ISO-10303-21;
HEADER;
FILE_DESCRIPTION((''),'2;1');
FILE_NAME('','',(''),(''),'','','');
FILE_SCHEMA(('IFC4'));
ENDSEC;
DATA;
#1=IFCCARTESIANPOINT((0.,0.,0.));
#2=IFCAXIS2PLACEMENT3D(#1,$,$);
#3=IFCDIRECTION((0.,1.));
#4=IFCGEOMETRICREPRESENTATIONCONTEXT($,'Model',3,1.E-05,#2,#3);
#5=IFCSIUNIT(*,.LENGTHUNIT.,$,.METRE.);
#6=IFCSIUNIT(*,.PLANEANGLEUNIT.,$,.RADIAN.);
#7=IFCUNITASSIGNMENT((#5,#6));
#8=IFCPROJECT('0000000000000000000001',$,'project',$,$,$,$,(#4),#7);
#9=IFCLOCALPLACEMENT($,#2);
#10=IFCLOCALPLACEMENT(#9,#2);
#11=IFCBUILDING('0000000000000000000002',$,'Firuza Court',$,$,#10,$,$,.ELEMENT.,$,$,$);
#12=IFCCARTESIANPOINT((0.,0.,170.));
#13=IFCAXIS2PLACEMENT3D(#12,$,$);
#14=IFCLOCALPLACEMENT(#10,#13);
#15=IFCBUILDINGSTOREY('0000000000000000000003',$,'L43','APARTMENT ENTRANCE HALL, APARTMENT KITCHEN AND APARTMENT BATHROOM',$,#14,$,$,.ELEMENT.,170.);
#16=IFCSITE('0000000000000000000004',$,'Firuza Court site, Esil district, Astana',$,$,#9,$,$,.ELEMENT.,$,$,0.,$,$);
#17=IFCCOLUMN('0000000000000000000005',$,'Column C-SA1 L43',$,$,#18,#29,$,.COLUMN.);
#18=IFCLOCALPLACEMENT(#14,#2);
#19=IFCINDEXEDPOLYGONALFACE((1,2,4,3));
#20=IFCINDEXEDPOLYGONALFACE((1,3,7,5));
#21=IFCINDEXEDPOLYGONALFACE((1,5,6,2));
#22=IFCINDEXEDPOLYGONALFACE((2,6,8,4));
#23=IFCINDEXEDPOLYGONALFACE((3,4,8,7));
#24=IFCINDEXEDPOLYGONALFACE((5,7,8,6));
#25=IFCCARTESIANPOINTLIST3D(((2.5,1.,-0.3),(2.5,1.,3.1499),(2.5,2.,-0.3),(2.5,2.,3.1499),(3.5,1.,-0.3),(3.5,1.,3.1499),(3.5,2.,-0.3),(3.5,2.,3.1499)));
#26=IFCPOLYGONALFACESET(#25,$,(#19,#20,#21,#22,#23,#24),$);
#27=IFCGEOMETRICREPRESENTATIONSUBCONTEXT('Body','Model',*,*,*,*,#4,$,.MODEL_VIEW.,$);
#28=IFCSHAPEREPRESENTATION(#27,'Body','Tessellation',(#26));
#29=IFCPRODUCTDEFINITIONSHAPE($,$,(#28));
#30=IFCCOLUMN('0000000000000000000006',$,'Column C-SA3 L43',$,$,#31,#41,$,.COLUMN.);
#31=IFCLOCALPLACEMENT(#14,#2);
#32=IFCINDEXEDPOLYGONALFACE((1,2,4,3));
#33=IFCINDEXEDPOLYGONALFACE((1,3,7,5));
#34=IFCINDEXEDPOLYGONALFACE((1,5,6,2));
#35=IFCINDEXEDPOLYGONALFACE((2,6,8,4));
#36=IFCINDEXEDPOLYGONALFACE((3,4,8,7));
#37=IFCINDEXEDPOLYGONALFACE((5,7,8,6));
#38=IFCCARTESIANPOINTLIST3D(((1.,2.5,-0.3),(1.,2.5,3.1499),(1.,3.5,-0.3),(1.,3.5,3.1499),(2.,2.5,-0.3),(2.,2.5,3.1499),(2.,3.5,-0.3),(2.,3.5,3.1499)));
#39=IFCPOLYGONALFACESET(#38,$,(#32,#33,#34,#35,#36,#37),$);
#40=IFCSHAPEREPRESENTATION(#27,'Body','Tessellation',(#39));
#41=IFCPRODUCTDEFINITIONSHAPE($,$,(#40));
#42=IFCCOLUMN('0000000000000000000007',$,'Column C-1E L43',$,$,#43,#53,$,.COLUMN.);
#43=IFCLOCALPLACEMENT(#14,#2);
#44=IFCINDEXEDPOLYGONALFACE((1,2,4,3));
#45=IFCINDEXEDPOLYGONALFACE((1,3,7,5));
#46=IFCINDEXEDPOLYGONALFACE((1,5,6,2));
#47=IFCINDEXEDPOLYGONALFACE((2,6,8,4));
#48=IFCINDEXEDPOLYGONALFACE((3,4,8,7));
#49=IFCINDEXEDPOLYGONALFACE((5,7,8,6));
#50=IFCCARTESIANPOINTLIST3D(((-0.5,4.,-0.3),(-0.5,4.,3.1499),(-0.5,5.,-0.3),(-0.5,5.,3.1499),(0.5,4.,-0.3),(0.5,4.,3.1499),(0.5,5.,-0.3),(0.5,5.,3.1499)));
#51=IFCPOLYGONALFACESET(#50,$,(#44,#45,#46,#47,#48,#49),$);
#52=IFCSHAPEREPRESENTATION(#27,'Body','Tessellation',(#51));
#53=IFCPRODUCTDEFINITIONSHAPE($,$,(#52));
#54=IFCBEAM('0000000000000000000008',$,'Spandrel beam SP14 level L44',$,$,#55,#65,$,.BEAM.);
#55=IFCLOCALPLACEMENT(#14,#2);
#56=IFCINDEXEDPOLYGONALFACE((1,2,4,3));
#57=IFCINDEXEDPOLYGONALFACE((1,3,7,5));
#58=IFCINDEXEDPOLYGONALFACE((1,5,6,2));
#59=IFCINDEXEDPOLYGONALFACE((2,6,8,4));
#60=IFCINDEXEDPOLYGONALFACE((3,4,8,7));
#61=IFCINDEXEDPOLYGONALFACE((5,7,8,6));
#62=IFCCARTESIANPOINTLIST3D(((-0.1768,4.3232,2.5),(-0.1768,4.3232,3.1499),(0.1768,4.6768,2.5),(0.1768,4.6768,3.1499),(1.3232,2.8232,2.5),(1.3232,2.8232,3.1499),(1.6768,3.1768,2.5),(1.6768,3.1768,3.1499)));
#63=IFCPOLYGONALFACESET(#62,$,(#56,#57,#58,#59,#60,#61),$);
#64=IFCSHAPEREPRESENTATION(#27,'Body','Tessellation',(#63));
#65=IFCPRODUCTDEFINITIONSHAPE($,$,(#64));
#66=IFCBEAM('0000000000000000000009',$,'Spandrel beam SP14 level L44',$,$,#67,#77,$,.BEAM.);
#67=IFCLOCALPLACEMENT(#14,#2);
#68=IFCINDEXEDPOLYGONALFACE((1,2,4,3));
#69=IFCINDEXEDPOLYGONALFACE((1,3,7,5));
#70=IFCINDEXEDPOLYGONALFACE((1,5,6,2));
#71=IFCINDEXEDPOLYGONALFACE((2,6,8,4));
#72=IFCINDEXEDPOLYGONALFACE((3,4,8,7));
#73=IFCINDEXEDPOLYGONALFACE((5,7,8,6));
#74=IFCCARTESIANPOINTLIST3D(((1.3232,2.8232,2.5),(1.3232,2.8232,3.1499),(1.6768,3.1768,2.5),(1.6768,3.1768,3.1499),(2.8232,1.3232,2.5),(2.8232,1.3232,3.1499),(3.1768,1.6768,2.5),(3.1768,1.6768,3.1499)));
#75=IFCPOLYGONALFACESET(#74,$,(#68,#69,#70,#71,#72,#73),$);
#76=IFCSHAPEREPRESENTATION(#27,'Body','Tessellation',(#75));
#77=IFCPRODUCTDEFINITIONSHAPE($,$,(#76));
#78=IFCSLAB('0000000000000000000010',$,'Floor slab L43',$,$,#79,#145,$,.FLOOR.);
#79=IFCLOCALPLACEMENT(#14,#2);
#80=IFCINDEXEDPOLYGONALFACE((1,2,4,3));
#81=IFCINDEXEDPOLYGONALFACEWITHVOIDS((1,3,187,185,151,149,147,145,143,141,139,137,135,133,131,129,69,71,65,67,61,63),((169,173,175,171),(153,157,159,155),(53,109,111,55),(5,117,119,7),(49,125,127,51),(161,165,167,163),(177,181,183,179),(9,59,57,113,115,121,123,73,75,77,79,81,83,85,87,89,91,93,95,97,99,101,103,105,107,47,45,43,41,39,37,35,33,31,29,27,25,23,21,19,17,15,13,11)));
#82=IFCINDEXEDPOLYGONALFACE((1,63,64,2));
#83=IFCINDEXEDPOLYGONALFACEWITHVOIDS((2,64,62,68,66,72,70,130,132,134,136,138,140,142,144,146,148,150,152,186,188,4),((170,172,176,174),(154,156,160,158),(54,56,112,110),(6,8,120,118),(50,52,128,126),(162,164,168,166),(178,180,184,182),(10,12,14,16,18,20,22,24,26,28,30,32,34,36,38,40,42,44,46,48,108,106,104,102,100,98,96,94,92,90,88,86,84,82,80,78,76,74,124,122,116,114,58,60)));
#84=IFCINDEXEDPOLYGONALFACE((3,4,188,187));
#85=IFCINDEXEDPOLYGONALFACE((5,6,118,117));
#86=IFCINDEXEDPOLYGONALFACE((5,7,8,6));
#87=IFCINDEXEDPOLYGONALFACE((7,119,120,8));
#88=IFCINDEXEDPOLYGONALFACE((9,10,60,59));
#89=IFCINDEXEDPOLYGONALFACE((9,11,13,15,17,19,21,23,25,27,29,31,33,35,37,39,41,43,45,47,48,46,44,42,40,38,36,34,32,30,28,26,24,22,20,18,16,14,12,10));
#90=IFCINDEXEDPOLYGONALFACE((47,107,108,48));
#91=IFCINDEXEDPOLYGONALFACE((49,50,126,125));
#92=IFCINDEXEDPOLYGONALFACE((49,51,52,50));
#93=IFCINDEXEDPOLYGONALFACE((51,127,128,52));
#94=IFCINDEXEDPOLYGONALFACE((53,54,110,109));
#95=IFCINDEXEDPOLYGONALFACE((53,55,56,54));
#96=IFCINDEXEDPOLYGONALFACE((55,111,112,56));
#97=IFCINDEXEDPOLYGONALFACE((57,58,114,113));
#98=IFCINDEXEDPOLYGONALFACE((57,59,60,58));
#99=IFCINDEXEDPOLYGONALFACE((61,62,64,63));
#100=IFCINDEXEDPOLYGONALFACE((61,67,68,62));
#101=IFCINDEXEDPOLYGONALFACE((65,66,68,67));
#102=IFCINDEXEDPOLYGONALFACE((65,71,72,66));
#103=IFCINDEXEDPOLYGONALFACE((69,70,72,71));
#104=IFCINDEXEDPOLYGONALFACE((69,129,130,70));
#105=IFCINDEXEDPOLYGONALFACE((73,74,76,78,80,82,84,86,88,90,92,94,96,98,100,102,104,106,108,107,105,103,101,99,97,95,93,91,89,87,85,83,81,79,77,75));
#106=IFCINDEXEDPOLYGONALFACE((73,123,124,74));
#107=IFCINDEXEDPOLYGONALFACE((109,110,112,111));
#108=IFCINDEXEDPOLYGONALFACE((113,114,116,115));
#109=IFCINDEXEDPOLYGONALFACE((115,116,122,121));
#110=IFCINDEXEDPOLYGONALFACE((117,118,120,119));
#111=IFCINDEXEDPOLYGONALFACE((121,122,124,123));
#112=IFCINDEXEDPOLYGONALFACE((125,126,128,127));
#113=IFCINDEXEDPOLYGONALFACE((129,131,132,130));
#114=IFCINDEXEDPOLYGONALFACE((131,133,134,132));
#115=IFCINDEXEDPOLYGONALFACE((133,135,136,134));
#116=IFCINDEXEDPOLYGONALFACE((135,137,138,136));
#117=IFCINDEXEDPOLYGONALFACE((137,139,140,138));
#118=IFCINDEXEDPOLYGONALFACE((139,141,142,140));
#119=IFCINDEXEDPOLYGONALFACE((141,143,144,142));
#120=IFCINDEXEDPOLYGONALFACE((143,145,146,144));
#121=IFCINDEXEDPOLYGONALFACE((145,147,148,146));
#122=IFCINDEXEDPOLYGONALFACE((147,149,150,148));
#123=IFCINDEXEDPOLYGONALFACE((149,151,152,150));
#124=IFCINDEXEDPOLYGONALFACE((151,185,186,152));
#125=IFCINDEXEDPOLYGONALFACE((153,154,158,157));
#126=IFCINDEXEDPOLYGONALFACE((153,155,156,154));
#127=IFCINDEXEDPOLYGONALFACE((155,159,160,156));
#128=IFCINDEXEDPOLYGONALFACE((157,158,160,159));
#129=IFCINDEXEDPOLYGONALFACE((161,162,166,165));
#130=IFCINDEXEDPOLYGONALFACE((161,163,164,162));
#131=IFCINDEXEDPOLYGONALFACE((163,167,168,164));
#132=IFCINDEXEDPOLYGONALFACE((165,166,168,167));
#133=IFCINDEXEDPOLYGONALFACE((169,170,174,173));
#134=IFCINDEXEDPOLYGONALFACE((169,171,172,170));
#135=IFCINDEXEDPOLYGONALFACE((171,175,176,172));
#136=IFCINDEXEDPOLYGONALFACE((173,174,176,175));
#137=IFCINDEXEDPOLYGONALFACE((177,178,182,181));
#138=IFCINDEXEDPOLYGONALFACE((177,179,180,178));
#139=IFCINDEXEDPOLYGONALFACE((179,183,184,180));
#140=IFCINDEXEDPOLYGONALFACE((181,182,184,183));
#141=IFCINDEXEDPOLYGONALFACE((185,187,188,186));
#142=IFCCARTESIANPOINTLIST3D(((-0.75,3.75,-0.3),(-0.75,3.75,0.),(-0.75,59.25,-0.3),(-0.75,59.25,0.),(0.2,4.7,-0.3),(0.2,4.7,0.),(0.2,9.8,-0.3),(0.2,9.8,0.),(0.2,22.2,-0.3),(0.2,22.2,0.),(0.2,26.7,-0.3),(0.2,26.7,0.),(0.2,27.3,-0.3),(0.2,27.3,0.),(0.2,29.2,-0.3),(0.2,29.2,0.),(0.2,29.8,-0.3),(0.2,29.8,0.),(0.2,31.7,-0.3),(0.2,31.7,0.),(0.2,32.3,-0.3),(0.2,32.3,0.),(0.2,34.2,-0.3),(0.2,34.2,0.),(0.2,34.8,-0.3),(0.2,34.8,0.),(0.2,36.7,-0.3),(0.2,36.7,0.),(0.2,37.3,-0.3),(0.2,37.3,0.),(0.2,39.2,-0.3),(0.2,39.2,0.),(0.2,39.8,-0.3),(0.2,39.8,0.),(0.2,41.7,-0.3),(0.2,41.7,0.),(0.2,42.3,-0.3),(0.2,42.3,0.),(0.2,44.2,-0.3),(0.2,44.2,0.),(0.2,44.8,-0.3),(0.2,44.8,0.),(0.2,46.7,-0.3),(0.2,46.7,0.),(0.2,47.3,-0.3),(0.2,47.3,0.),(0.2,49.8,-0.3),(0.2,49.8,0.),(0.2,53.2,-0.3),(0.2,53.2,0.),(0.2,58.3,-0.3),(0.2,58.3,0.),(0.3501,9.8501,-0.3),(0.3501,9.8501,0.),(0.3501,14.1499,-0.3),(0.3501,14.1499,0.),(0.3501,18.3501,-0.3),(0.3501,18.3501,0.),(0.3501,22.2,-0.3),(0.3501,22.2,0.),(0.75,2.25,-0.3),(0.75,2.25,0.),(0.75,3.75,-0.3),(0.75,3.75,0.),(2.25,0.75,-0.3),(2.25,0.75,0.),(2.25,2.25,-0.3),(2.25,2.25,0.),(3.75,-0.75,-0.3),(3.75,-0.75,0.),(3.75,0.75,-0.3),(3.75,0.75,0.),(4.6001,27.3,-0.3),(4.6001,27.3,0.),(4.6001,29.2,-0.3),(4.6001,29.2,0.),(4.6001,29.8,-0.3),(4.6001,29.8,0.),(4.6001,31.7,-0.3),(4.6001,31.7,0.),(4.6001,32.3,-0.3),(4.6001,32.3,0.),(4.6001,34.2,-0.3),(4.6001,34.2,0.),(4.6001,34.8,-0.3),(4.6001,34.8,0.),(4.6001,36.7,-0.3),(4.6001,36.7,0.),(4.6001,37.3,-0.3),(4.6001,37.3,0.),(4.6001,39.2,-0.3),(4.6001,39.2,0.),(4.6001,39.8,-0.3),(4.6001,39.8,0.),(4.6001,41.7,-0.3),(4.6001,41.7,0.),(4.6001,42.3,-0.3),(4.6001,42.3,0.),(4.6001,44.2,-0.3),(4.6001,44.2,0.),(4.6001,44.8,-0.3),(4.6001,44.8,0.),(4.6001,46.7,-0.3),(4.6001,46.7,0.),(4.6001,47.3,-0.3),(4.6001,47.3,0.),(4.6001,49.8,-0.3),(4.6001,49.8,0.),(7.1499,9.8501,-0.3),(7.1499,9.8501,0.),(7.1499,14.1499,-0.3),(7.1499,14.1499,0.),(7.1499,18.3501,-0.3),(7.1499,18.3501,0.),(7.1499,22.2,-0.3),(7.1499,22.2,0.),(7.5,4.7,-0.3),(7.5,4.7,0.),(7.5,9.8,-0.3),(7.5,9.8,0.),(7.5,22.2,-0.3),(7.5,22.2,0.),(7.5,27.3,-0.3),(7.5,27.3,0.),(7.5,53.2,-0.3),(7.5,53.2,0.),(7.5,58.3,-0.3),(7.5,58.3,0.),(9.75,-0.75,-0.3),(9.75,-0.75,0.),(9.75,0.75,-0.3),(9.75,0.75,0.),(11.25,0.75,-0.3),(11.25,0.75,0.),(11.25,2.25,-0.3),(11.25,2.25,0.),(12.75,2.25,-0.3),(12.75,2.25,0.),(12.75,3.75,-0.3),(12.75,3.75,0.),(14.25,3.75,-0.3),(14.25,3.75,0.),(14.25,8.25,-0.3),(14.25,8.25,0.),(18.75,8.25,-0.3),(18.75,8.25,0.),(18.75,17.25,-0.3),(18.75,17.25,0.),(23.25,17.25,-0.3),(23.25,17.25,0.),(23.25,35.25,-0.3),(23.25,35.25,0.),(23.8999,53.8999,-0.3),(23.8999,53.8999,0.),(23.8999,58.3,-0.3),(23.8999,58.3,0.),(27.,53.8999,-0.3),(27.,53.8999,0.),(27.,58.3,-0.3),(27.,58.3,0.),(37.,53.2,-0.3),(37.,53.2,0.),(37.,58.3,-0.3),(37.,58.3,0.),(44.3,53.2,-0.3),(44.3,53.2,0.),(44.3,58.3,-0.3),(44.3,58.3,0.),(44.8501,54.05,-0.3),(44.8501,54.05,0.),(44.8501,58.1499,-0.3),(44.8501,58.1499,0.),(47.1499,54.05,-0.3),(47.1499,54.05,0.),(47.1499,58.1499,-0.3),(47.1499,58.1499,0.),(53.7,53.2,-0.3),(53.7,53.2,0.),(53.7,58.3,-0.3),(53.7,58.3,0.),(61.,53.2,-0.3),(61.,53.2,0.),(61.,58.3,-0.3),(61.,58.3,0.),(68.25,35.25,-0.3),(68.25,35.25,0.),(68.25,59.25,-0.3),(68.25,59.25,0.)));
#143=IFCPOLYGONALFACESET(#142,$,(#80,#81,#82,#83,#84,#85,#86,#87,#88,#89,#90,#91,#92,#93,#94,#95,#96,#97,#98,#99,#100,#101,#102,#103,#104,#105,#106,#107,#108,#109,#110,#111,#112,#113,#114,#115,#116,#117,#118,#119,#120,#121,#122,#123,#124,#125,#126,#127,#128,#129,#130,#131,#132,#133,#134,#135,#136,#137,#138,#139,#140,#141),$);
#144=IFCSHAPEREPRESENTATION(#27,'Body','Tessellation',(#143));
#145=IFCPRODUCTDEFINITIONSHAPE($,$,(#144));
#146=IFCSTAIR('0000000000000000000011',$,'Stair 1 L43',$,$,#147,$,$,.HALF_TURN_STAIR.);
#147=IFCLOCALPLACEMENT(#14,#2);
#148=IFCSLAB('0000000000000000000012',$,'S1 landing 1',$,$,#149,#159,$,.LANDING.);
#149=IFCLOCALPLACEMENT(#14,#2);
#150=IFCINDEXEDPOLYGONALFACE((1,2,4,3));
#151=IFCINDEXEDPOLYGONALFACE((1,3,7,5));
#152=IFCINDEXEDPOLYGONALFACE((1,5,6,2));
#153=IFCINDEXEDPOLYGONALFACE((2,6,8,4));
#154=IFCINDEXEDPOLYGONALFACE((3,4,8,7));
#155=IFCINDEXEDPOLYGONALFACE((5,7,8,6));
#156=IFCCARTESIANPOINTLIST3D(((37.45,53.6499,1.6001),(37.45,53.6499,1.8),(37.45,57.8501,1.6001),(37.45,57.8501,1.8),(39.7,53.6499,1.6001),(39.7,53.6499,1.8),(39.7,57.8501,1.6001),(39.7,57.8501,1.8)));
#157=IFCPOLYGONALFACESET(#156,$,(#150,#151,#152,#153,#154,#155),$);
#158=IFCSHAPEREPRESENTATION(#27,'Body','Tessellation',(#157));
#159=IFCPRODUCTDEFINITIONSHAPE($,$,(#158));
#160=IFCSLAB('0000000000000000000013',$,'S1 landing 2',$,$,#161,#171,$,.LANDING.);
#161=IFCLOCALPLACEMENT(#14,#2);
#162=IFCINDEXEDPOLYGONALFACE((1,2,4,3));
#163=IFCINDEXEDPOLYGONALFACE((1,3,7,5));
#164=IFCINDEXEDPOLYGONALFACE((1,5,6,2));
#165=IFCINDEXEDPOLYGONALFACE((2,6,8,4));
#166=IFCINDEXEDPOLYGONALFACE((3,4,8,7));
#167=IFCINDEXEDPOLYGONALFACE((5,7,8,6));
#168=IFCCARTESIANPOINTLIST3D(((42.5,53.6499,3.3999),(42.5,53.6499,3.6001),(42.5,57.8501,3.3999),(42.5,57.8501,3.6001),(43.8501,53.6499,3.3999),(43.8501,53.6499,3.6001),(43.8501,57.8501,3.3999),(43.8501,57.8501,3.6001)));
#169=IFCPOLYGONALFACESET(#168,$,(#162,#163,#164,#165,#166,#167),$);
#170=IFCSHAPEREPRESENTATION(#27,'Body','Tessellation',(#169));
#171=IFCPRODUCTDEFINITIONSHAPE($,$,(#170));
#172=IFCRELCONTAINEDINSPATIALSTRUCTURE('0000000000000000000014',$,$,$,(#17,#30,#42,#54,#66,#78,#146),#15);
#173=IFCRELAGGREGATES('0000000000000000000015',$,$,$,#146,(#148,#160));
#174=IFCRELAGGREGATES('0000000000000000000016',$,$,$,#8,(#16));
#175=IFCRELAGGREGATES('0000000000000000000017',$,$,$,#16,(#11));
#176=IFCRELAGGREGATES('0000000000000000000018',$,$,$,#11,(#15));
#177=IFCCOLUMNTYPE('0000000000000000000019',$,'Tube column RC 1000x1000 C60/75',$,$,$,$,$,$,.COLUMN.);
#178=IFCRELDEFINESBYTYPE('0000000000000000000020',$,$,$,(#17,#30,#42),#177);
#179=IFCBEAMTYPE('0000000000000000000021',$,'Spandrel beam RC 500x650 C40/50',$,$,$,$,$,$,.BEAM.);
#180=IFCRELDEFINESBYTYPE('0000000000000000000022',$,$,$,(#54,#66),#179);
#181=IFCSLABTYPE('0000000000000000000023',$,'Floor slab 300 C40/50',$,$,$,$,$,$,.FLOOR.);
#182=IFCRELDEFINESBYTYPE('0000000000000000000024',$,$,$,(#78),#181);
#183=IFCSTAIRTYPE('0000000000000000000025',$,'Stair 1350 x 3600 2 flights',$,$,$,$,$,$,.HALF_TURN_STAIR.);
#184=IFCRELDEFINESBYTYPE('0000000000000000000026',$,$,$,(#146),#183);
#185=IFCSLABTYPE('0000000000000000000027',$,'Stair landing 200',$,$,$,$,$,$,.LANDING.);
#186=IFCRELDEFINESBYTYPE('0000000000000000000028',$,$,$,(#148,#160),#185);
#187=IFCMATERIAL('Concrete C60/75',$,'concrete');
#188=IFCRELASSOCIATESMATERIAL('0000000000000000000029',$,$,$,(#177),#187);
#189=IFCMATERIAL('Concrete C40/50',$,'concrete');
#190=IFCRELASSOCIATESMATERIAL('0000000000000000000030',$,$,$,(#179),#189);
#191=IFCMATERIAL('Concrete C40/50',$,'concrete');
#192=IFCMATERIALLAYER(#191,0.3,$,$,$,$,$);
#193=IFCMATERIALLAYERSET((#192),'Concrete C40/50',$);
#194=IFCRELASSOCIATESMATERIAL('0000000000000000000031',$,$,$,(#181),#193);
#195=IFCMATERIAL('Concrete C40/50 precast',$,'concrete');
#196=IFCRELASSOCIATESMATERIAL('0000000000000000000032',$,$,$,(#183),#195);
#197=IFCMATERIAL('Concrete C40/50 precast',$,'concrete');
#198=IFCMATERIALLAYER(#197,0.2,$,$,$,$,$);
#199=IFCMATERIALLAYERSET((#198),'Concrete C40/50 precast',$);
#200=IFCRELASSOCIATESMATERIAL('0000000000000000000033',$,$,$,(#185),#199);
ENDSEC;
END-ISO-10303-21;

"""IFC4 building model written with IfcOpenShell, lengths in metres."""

from ifc_helpers import new_model, si_unit, direction, frame, origin, origin_2d, place, context, subcontext, project, spatial, polyline, rectangle, outline, extrude, material, layer, layer_set, material_profile, profile_set, type_object, element, aggregate, save


model = new_model("IFC4")

# Units and contexts
model_context = context("Model", 3, precision=1e-05, world=origin(), true_north=direction((0.0, 1.0)))
body_context = subcontext(model_context, "Body", "Model", "MODEL_VIEW")
ifc_project = project(units=[si_unit("LENGTHUNIT", "METRE"), si_unit("PLANEANGLEUNIT", "RADIAN")], contexts=[model_context])

# Site, building, storey
site_placement = place(None, origin())
site = spatial("IfcSite", under=ifc_project, at=site_placement, Name="Firuza Court site, Esil district, Astana", CompositionType="ELEMENT", RefElevation=0.0)
building_placement = place(site_placement, origin())
building = spatial("IfcBuilding", under=site, at=building_placement, Name="Firuza Court", CompositionType="ELEMENT")
storey_placement = place(building_placement, frame((0.0, 0.0, 170.0)))
storey = spatial("IfcBuildingStorey", under=building, at=storey_placement, Name="L43", Description="APARTMENT ENTRANCE HALL, APARTMENT KITCHEN AND APARTMENT BATHROOM", CompositionType="ELEMENT", Elevation=170.0)

# Columns
ifc_material_1 = material(Name="Concrete C60/75", Category="concrete")
ifc_material_profile_1 = material_profile(ifc_material_1, rectangle(XDim=1.0, YDim=1.0, at=origin_2d()), Name="RC 1000x1000")
ifc_profile_set_1 = profile_set([ifc_material_profile_1], Name="Concrete C60/75")
column_type = type_object("IfcColumnType", Name="Tube column RC 1000x1000 C60/75", PredefinedType="COLUMN", material=ifc_profile_set_1)
for number, where, z_axis, x_axis, name in (
    (1, (3.0, 1.5, -0.3), (0.0, 0.0, 1.0), (1.0, 0.0, 0.0), "Column C-SA1 L43"),
    (2, (1.5, 3.0, -0.3), (0.0, 0.0, 1.0), (1.0, 0.0, 0.0), "Column C-SA3 L43"),
    (3, (0.0, 4.5, -0.3), (0.0, 0.0, 1.0), (1.0, 0.0, 0.0), "Column C-1E L43"),
):
    element("IfcColumn", number, at=place(storey_placement, frame(where, z_axis=z_axis, x_axis=x_axis)), inside=storey, type_object=column_type, Name=name, PredefinedType="COLUMN", context=body_context, shape_type="SweptSolid", body=[
        extrude(rectangle(XDim=1.0, YDim=1.0, at=origin_2d()), origin(), (0.0, 0.0, 1.0), 3.45),
    ])

# Beams
ifc_material_2 = material(Name="Concrete C40/50", Category="concrete")
ifc_material_profile_2 = material_profile(ifc_material_2, rectangle(XDim=0.5, YDim=0.6499, at=origin_2d()), Name="RC 500x650")
ifc_profile_set_2 = profile_set([ifc_material_profile_2], Name="Concrete C40/50")
beam_type = type_object("IfcBeamType", Name="Spandrel beam RC 500x650 C40/50", PredefinedType="BEAM", material=ifc_profile_set_2)
for number, where, z_axis, x_axis, name in (
    (4, (0.0, 4.5, 2.825), (0.707107, -0.707107, 0.0), (0.707107, 0.707107, 0.0), "Spandrel beam SP14 level L44"),
    (5, (1.5, 3.0, 2.825), (0.707107, -0.707107, 0.0), (0.707107, 0.707107, 0.0), "Spandrel beam SP14 level L44"),
):
    element("IfcBeam", number, at=place(storey_placement, frame(where, z_axis=z_axis, x_axis=x_axis)), inside=storey, type_object=beam_type, Name=name, PredefinedType="BEAM", context=body_context, shape_type="SweptSolid", body=[
        extrude(rectangle(XDim=0.5, YDim=0.6499, at=origin_2d()), origin(), (0.0, 0.0, 1.0), 2.1213),
    ])

# Slab
ifc_material_3 = material(Name="Concrete C40/50", Category="concrete")
ifc_layer_1 = layer(ifc_material_3, 0.3)
ifc_layer_set_1 = layer_set([ifc_layer_1], Name="Concrete C40/50")
slab_type_1 = type_object("IfcSlabType", Name="Floor slab 300 C40/50", PredefinedType="FLOOR", material=ifc_layer_set_1)
slab_1_placement = place(storey_placement, frame((0.0, 0.0, -0.3)))
element("IfcSlab", 6, at=slab_1_placement, inside=storey, type_object=slab_type_1, Name="Floor slab L43", PredefinedType="FLOOR", context=body_context, shape_type="SweptSolid", body=[
    extrude(outline(polyline([(3.75, -0.75), (3.75, 0.75), (2.25, 0.75), (2.25, 2.25), (0.75, 2.25), (0.75, 3.75), (-0.75, 3.75), (-0.75, 59.25), (68.25, 59.25), (68.25, 35.25), (23.25, 35.25), (23.25, 17.25), (18.75, 17.25), (18.75, 8.25), (14.25, 8.25), (14.25, 3.75), (12.75, 3.75), (12.75, 2.25), (11.25, 2.25), (11.25, 0.75), (9.75, 0.75), (9.75, -0.75), (3.75, -0.75)]), holes=[polyline([(0.2, 29.8), (0.2, 29.2), (0.2, 27.3), (0.2, 26.7), (0.2, 22.2), (0.3501, 22.2), (0.3501, 18.3501), (7.1499, 18.3501), (7.1499, 22.2), (7.5, 22.2), (7.5, 27.3), (4.6001, 27.3), (4.6001, 29.2), (4.6001, 29.8), (4.6001, 31.7), (4.6001, 32.3), (4.6001, 34.2), (4.6001, 34.8), (4.6001, 36.7), (4.6001, 37.3), (4.6001, 39.2), (4.6001, 39.8), (4.6001, 41.7), (4.6001, 42.3), (4.6001, 44.2), (4.6001, 44.8), (4.6001, 46.7), (4.6001, 47.3), (4.6001, 49.8), (0.2, 49.8), (0.2, 47.3), (0.2, 46.7), (0.2, 44.8), (0.2, 44.2), (0.2, 42.3), (0.2, 41.7), (0.2, 39.8), (0.2, 39.2), (0.2, 37.3), (0.2, 36.7), (0.2, 34.8), (0.2, 34.2), (0.2, 32.3), (0.2, 31.7), (0.2, 29.8)]), polyline([(7.5, 9.8), (0.2, 9.8), (0.2, 4.7), (7.5, 4.7), (7.5, 9.8)]), polyline([(7.1499, 14.1499), (0.3501, 14.1499), (0.3501, 9.8501), (7.1499, 9.8501), (7.1499, 14.1499)]), polyline([(7.5, 58.3), (0.2, 58.3), (0.2, 53.2), (7.5, 53.2), (7.5, 58.3)]), polyline([(44.3, 58.3), (37.0, 58.3), (37.0, 53.2), (44.3, 53.2), (44.3, 58.3)]), polyline([(61.0, 58.3), (53.7, 58.3), (53.7, 53.2), (61.0, 53.2), (61.0, 58.3)]), polyline([(27.0, 53.8999), (27.0, 58.3), (23.8999, 58.3), (23.8999, 53.8999), (27.0, 53.8999)]), polyline([(47.1499, 54.05), (47.1499, 58.1499), (44.8501, 58.1499), (44.8501, 54.05), (47.1499, 54.05)])]), origin(), (0.0, 0.0, 1.0), 0.3),
])

# Stair, slabs
ifc_material_4 = material(Name="Concrete C40/50 precast", Category="concrete")
stair_type = type_object("IfcStairType", Name="Stair 1350 x 3600 2 flights", PredefinedType="HALF_TURN_STAIR", material=ifc_material_4)
stair_1_placement = place(storey_placement, origin())
stair_1 = element("IfcStair", 7, at=stair_1_placement, inside=storey, type_object=stair_type, Name="Stair 1 L43", PredefinedType="HALF_TURN_STAIR")
ifc_material_5 = material(Name="Concrete C40/50 precast", Category="concrete")
ifc_layer_2 = layer(ifc_material_5, 0.2)
ifc_layer_set_2 = layer_set([ifc_layer_2], Name="Concrete C40/50 precast")
slab_type_2 = type_object("IfcSlabType", Name="Stair landing 200", PredefinedType="LANDING", material=ifc_layer_set_2)
slab_2_placement = place(storey_placement, frame((0.0, 0.0, 1.6001)))
slab_2 = element("IfcSlab", 8, at=slab_2_placement, type_object=slab_type_2, Name="S1 landing 1", PredefinedType="LANDING", context=body_context, shape_type="SweptSolid", body=[
    extrude(outline(polyline([(39.7, 53.6499), (39.7, 57.8501), (37.45, 57.8501), (37.45, 53.6499), (39.7, 53.6499)])), origin(), (0.0, 0.0, 1.0), 0.2),
])
slab_3_placement = place(storey_placement, frame((0.0, 0.0, 3.3999)))
slab_3 = element("IfcSlab", 9, at=slab_3_placement, type_object=slab_type_2, Name="S1 landing 2", PredefinedType="LANDING", context=body_context, shape_type="SweptSolid", body=[
    extrude(outline(polyline([(43.8501, 53.6499), (43.8501, 57.8501), (42.5, 57.8501), (42.5, 53.6499), (43.8501, 53.6499)])), origin(), (0.0, 0.0, 1.0), 0.2002),
])
aggregate(stair_1, [slab_2, slab_3])

save(model, "model.ifc")
